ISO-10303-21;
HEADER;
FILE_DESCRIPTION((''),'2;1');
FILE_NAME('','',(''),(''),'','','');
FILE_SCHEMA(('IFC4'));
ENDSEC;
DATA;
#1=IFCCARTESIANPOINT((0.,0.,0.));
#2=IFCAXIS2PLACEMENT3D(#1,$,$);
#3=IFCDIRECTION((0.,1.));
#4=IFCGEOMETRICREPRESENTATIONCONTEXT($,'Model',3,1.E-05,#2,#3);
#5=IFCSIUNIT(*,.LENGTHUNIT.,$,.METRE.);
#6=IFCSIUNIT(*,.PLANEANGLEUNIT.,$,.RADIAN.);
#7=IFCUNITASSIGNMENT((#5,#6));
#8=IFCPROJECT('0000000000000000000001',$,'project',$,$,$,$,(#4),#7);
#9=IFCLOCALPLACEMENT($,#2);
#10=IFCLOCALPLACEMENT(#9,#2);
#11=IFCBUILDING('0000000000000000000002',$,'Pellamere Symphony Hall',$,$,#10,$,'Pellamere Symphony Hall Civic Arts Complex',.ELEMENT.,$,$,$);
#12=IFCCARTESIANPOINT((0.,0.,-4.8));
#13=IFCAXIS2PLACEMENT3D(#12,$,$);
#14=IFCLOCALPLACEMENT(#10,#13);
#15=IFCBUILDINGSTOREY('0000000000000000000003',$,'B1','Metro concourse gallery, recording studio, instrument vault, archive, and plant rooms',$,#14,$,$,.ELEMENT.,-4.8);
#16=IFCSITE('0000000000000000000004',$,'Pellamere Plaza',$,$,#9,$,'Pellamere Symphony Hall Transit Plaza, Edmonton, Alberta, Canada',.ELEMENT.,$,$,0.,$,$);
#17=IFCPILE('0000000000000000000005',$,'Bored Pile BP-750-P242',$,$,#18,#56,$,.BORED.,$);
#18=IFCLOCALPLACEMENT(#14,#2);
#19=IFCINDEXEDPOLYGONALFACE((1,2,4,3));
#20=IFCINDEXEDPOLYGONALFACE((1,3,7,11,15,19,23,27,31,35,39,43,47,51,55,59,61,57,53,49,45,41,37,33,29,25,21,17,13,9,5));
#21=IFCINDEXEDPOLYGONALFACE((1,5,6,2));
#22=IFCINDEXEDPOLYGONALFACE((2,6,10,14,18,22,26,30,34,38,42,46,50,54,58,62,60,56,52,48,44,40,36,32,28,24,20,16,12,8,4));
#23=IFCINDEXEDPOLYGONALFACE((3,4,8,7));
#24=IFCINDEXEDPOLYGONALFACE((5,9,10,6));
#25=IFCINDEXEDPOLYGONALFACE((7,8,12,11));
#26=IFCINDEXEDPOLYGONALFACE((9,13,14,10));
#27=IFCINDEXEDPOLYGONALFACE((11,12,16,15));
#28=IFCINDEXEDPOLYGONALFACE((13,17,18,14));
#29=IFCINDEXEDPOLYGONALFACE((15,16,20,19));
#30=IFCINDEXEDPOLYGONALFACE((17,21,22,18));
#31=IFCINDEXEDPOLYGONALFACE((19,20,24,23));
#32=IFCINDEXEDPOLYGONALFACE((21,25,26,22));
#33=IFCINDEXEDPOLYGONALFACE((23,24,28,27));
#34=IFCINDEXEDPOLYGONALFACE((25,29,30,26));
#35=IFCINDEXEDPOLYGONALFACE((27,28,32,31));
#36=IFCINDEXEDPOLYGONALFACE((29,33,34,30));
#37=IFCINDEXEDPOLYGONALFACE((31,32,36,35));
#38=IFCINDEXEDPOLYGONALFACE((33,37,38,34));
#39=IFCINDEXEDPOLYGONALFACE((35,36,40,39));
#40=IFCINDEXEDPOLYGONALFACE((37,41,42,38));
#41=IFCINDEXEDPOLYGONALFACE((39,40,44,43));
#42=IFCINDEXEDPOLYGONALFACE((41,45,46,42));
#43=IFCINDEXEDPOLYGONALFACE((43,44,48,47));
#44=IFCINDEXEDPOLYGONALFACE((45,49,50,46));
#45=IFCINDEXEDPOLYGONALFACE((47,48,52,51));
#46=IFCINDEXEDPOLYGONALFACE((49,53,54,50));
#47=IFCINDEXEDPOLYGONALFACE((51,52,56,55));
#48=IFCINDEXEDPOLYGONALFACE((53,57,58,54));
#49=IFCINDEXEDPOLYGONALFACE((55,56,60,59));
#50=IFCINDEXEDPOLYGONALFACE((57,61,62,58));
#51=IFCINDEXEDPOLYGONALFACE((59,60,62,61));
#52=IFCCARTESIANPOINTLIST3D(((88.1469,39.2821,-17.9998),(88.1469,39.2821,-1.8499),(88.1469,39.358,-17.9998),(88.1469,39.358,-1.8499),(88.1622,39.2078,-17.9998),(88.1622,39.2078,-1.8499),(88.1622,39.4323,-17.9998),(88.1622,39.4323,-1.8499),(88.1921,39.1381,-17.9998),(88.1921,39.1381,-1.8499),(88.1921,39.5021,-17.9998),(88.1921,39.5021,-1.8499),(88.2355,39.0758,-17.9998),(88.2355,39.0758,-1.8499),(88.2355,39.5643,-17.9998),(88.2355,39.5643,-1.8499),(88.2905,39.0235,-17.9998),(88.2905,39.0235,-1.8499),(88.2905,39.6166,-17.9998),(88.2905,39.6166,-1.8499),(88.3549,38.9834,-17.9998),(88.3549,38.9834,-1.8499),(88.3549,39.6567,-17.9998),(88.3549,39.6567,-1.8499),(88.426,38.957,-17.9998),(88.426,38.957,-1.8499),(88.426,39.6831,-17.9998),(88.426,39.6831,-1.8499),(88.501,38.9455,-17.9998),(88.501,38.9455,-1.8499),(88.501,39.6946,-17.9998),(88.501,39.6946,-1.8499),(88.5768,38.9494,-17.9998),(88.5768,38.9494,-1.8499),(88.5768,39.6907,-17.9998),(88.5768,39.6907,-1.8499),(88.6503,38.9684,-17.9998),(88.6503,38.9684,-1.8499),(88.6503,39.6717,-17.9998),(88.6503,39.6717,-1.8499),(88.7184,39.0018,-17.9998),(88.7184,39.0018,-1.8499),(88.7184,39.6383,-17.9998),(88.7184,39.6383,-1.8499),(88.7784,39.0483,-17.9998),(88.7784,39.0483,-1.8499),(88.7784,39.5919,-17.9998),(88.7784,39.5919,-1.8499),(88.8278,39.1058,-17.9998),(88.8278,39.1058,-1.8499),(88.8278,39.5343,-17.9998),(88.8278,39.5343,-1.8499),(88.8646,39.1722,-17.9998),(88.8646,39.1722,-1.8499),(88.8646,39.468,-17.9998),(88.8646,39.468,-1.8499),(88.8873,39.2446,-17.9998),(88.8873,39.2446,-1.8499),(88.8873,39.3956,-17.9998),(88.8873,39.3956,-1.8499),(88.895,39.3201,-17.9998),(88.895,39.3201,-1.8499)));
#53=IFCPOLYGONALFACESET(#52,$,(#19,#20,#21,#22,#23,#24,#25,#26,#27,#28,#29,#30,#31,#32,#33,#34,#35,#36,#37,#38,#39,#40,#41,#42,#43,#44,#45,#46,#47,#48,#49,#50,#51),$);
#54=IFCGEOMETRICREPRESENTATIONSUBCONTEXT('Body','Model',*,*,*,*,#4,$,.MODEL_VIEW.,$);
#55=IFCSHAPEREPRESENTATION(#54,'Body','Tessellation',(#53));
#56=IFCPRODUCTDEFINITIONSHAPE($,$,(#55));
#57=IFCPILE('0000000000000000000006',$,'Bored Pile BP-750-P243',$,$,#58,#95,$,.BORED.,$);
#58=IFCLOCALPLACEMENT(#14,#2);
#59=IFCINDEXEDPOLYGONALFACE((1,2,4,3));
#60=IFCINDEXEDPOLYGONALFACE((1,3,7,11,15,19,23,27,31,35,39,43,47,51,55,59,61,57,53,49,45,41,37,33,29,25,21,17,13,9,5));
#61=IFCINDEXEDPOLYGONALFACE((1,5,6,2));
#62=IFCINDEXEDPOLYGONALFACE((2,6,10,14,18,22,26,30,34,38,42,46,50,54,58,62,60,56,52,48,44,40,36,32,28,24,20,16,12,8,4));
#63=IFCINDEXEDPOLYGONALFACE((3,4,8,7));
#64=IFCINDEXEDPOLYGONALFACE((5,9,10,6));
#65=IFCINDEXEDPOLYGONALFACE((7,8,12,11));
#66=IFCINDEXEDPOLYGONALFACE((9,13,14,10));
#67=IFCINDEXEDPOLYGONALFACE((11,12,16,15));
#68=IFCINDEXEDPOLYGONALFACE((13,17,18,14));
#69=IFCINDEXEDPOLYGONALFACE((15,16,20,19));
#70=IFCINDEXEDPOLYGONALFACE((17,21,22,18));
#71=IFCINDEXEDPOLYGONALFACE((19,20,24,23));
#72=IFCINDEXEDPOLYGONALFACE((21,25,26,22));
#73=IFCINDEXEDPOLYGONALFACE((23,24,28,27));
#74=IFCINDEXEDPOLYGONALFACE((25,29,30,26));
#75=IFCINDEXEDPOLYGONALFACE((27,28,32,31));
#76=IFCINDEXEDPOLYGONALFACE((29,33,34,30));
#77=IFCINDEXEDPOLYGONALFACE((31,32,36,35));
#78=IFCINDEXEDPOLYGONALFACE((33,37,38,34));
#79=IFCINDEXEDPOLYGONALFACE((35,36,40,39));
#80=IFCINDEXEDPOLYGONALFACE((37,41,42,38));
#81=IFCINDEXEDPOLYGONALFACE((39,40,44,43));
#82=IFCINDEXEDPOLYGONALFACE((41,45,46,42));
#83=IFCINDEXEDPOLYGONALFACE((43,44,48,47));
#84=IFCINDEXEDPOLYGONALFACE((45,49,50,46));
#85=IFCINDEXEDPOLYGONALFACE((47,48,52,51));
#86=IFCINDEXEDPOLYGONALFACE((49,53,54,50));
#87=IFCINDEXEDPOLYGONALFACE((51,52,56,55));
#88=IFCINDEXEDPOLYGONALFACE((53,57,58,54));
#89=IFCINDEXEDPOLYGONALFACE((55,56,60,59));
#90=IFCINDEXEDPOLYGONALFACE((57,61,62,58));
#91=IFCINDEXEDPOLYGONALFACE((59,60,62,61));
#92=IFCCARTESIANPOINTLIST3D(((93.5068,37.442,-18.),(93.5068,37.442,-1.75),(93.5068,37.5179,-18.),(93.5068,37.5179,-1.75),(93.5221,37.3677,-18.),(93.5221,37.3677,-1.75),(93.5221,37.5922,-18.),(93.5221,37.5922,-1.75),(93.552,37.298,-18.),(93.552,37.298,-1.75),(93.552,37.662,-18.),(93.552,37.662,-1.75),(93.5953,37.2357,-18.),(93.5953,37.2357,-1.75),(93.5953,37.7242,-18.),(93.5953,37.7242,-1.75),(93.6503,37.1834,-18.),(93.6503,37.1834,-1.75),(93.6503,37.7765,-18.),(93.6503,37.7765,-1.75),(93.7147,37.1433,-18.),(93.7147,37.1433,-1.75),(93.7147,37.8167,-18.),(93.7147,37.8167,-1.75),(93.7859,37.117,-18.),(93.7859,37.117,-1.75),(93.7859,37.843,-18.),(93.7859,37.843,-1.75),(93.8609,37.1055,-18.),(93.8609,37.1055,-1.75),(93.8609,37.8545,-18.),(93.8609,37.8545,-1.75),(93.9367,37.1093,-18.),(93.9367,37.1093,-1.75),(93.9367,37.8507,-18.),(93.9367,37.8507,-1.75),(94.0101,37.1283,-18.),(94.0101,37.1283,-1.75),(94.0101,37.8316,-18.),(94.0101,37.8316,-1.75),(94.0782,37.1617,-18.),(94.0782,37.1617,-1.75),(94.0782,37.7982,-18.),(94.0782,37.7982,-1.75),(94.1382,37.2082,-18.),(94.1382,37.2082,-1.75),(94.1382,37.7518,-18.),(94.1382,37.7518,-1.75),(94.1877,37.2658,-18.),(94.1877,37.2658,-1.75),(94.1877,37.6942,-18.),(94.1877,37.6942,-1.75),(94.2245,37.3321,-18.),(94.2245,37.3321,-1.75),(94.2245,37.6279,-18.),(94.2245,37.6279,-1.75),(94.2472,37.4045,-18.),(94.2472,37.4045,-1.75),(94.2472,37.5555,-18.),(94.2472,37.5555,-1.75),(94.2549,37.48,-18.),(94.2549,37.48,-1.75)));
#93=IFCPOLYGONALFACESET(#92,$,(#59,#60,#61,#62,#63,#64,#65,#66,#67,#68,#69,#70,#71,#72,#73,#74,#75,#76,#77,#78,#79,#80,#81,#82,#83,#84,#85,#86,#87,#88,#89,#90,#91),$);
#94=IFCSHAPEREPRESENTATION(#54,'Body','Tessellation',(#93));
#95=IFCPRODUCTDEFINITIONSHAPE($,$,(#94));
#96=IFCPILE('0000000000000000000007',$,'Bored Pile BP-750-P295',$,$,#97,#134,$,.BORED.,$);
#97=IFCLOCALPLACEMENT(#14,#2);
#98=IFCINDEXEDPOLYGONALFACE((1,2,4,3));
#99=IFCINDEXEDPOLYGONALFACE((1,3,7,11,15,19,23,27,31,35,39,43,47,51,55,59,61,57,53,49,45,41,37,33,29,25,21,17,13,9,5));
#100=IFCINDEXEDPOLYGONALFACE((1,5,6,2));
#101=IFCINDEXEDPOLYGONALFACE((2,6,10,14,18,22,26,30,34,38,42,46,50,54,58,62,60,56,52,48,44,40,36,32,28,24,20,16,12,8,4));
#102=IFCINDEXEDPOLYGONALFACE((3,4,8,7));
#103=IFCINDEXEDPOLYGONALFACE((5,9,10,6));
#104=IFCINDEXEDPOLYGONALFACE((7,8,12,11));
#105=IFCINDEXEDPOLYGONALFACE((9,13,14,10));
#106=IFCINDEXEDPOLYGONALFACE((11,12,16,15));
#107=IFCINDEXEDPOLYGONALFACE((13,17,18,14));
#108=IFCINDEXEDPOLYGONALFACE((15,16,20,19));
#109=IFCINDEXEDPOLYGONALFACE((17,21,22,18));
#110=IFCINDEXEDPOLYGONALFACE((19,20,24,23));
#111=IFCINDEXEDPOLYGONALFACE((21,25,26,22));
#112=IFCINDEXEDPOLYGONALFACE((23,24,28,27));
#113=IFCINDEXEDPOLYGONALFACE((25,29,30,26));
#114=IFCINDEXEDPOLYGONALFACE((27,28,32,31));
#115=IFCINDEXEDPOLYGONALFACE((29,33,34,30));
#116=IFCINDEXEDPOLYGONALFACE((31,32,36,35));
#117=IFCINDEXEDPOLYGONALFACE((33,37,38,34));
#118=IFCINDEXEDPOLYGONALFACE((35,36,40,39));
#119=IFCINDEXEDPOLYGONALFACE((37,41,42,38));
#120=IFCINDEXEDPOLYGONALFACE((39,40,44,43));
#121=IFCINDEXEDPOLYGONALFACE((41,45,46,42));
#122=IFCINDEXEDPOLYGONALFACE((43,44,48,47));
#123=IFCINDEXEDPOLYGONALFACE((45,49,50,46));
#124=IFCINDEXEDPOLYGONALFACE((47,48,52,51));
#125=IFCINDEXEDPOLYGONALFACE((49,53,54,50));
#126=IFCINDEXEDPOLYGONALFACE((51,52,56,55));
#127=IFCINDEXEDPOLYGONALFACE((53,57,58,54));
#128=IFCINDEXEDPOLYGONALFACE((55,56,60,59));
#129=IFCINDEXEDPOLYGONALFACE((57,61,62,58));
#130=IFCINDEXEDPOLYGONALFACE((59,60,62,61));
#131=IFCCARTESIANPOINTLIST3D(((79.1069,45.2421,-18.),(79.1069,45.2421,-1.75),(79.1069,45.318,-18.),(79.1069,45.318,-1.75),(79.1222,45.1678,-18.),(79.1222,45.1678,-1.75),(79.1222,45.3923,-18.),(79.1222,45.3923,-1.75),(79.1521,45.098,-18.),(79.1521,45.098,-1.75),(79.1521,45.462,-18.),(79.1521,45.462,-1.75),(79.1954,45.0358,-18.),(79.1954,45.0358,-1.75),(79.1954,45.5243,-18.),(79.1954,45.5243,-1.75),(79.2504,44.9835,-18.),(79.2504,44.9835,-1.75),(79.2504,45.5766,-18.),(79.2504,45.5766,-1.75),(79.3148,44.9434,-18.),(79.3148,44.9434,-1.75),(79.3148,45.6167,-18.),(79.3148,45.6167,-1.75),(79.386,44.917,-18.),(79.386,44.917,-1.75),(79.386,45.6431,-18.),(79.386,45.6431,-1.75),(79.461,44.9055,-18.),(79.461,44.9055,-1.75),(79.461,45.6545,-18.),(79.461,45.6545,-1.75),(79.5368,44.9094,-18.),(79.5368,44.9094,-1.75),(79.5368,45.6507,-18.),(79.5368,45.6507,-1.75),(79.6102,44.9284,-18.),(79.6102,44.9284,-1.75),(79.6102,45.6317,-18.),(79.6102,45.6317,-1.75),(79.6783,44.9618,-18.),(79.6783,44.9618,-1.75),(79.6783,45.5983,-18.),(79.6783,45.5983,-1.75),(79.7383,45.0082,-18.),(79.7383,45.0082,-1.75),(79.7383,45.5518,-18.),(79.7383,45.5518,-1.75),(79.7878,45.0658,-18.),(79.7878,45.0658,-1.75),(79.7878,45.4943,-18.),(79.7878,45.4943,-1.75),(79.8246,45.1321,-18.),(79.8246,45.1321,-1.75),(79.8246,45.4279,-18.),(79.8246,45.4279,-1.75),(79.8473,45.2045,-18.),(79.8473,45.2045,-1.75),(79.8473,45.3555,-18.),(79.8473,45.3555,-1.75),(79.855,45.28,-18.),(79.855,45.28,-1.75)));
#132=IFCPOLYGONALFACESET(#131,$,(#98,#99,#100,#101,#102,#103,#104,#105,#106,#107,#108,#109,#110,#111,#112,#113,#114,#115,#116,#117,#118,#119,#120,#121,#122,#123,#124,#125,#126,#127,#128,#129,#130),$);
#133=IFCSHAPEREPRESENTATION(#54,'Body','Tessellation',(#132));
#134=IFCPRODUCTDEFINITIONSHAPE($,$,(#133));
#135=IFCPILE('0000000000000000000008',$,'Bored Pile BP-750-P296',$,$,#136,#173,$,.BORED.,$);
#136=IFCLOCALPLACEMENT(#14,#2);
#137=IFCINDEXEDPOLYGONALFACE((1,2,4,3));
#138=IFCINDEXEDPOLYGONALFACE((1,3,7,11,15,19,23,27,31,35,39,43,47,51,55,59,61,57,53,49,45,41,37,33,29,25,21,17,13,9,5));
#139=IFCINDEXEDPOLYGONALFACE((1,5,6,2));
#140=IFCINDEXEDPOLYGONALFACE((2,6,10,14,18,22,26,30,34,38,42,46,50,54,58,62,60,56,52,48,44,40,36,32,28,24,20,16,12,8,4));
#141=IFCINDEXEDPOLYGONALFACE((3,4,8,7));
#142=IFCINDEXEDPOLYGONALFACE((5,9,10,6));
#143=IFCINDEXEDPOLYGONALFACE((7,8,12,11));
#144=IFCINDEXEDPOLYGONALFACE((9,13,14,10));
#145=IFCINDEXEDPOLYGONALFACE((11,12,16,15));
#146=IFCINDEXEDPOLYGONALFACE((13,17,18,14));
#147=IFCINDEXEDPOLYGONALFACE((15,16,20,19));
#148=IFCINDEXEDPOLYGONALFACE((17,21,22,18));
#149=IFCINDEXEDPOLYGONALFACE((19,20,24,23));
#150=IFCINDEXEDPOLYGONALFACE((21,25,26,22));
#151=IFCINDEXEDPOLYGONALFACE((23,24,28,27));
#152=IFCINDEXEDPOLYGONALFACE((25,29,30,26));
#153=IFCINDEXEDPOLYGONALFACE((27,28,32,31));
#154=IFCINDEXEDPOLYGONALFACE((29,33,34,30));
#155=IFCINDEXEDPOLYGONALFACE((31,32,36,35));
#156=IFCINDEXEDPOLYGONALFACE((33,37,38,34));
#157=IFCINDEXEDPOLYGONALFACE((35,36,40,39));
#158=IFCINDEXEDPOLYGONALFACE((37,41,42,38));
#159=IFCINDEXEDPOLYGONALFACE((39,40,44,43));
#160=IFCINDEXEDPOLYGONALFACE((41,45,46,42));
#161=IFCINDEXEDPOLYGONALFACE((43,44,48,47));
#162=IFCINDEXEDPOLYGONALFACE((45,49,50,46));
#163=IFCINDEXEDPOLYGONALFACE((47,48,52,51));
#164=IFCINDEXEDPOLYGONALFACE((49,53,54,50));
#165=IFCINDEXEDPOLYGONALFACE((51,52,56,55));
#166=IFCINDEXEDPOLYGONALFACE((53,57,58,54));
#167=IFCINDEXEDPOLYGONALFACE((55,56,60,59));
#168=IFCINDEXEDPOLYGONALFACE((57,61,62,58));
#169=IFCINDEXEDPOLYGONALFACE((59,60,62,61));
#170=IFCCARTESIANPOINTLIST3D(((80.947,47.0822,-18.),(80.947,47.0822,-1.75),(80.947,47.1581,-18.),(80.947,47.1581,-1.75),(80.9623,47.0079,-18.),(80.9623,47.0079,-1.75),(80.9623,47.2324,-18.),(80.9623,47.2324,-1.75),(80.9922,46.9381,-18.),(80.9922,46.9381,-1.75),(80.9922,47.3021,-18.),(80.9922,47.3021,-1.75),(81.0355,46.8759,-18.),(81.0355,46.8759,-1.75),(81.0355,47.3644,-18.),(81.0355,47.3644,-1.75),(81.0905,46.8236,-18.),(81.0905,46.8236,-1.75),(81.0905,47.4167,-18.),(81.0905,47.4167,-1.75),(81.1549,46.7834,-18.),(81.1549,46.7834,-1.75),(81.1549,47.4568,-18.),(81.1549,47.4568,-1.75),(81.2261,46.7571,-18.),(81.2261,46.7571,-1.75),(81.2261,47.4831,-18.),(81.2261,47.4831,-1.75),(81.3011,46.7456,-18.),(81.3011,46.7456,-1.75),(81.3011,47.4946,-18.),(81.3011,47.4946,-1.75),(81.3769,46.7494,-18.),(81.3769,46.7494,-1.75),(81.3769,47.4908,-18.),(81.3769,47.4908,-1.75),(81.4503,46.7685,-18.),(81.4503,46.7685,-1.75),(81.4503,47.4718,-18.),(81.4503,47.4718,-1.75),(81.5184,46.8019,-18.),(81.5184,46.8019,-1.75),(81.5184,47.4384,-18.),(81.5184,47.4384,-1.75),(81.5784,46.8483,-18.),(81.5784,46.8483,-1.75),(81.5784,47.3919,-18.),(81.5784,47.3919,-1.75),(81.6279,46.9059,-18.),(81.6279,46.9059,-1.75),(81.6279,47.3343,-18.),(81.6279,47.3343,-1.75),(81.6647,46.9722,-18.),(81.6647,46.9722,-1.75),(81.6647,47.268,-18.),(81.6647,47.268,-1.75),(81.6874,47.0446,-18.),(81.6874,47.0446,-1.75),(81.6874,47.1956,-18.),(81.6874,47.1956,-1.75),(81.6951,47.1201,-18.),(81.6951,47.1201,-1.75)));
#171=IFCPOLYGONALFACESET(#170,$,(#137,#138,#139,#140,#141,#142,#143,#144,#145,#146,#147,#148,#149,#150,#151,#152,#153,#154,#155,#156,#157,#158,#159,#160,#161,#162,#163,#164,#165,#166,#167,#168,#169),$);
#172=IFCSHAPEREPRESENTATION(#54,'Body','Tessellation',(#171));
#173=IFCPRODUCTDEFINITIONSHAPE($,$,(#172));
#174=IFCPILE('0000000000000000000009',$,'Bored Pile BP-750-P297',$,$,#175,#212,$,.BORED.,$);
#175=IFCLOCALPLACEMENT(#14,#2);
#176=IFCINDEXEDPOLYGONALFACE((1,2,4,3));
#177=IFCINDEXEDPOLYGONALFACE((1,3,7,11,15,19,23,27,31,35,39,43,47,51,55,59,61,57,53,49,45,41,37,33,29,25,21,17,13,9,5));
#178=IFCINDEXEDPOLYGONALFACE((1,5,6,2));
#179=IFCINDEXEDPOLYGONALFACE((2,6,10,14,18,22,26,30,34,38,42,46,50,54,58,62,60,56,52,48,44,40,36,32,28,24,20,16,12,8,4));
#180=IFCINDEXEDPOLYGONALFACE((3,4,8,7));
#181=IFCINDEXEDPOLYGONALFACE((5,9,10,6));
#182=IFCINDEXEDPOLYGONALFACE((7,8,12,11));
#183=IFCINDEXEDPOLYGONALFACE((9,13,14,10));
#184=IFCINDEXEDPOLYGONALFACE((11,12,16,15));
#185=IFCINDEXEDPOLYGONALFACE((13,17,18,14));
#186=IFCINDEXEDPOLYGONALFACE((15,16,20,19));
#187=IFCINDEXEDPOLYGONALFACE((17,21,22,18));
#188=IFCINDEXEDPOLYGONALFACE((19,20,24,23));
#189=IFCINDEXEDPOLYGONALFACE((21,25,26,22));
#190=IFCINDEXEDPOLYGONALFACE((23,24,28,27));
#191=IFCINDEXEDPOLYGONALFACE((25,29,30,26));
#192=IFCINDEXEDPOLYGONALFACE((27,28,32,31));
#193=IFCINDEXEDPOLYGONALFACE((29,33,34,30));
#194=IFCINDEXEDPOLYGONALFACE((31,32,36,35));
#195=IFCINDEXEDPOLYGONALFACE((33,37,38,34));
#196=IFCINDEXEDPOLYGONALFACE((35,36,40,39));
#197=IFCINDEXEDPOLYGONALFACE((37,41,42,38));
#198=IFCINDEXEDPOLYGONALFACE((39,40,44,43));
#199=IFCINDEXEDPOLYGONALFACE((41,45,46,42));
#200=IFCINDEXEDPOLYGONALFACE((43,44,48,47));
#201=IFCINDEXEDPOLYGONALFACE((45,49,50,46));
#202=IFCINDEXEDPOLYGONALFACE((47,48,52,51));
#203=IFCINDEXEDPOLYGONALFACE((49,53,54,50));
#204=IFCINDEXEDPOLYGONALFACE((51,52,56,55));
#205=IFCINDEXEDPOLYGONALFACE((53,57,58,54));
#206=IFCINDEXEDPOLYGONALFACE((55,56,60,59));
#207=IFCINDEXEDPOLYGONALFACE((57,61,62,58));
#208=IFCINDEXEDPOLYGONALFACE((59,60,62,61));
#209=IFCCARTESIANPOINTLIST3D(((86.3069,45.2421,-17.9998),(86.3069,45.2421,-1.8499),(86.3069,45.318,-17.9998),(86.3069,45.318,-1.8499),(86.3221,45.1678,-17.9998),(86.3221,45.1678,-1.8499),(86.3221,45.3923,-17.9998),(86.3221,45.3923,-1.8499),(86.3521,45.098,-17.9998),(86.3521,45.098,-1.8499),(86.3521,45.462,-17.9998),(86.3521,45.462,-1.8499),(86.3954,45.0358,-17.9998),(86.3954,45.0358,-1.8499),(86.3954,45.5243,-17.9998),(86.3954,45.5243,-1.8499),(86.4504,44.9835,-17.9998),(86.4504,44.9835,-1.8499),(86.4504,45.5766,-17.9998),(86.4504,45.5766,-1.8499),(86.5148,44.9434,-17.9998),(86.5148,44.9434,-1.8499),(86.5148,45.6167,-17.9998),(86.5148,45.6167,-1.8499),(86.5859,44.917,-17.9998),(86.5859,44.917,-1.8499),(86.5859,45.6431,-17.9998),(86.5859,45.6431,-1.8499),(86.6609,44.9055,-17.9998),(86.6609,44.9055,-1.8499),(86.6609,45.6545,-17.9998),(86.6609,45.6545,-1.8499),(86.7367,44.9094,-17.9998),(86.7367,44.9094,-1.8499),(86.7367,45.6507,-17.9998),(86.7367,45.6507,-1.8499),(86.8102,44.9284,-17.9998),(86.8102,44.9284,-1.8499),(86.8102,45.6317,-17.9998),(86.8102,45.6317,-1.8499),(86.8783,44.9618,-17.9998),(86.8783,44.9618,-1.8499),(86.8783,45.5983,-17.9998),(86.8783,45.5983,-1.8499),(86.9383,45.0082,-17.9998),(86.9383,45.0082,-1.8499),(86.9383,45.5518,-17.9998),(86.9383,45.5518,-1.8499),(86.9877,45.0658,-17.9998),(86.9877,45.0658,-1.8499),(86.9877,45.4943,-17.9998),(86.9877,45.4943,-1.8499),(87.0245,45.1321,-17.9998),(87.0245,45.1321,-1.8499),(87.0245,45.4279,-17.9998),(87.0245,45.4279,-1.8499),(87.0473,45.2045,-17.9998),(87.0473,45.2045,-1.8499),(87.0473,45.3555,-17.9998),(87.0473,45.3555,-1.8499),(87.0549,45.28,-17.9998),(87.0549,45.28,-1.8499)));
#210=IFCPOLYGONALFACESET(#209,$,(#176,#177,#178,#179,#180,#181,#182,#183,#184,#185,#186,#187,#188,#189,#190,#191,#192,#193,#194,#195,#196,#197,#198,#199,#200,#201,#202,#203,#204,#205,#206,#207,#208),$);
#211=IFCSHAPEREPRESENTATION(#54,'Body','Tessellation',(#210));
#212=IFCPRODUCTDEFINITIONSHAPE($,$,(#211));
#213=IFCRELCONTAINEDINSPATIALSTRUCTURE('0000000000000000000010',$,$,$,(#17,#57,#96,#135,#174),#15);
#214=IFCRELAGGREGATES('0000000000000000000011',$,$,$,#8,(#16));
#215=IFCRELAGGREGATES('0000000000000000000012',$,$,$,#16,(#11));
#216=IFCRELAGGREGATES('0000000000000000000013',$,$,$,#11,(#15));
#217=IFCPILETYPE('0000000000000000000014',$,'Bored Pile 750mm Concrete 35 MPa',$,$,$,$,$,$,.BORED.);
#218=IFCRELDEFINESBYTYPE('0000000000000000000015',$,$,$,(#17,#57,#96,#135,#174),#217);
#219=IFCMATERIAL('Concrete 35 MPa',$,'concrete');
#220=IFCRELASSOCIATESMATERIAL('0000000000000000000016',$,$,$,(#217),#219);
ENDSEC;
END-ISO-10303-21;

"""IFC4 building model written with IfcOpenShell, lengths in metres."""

from ifc_helpers import new_model, si_unit, direction, frame, origin, origin_2d, place, context, subcontext, project, spatial, circle, extrude, material, material_profile, profile_set, type_object, element, save


model = new_model("IFC4")

# Units and contexts
model_context = context("Model", 3, precision=1e-05, world=origin(), true_north=direction((0.0, 1.0)))
body_context = subcontext(model_context, "Body", "Model", "MODEL_VIEW")
ifc_project = project(units=[si_unit("LENGTHUNIT", "METRE"), si_unit("PLANEANGLEUNIT", "RADIAN")], contexts=[model_context])

# Site, building, storey
site_placement = place(None, origin())
site = spatial("IfcSite", under=ifc_project, at=site_placement, Name="Pellamere Plaza", LongName="Pellamere Symphony Hall Transit Plaza, Edmonton, Alberta, Canada", CompositionType="ELEMENT", RefElevation=0.0)
building_placement = place(site_placement, origin())
building = spatial("IfcBuilding", under=site, at=building_placement, Name="Pellamere Symphony Hall", LongName="Pellamere Symphony Hall Civic Arts Complex", CompositionType="ELEMENT")
storey_placement = place(building_placement, frame((0.0, 0.0, -4.8)))
storey = spatial("IfcBuildingStorey", under=building, at=storey_placement, Name="B1", Description="Metro concourse gallery, recording studio, instrument vault, archive, and plant rooms", CompositionType="ELEMENT", Elevation=-4.8)

# Piles
ifc_material_1 = material(Name="Concrete 35 MPa", Category="concrete")
ifc_material_profile_1 = material_profile(ifc_material_1, circle(Radius=0.375, at=origin_2d()), Name="PILE D750")
ifc_profile_set_1 = profile_set([ifc_material_profile_1], Name="Concrete 35 MPa")
pile_type = type_object("IfcPileType", Name="Bored Pile 750mm Concrete 35 MPa", PredefinedType="BORED", material=ifc_profile_set_1)
for number, where, z_axis, x_axis, name in (
    (1, (88.52, 39.3201, -1.8499), (0.0, 0.0, -1.0), (1.0, 0.0, 0.0), "Bored Pile BP-750-P242"),
):
    element("IfcPile", number, at=place(storey_placement, frame(where, z_axis=z_axis, x_axis=x_axis)), inside=storey, type_object=pile_type, Name=name, PredefinedType="BORED", context=body_context, shape_type="SweptSolid", body=[
        extrude(circle(Radius=0.375, at=origin_2d()), origin(), (0.0, 0.0, 1.0), 16.1499),
    ])
for number, where, z_axis, x_axis, name in (
    (2, (93.8799, 37.48, -1.75), (0.0, 0.0, -1.0), (1.0, 0.0, 0.0), "Bored Pile BP-750-P243"),
    (3, (79.48, 45.28, -1.75), (0.0, 0.0, -1.0), (1.0, 0.0, 0.0), "Bored Pile BP-750-P295"),
    (4, (81.3201, 47.1201, -1.75), (0.0, 0.0, -1.0), (1.0, 0.0, 0.0), "Bored Pile BP-750-P296"),
):
    element("IfcPile", number, at=place(storey_placement, frame(where, z_axis=z_axis, x_axis=x_axis)), inside=storey, type_object=pile_type, Name=name, PredefinedType="BORED", context=body_context, shape_type="SweptSolid", body=[
        extrude(circle(Radius=0.375, at=origin_2d()), origin(), (0.0, 0.0, 1.0), 16.25),
    ])
for number, where, z_axis, x_axis, name in (
    (5, (86.6799, 45.28, -1.8499), (0.0, 0.0, -1.0), (1.0, 0.0, 0.0), "Bored Pile BP-750-P297"),
):
    element("IfcPile", number, at=place(storey_placement, frame(where, z_axis=z_axis, x_axis=x_axis)), inside=storey, type_object=pile_type, Name=name, PredefinedType="BORED", context=body_context, shape_type="SweptSolid", body=[
        extrude(circle(Radius=0.375, at=origin_2d()), origin(), (0.0, 0.0, 1.0), 16.1499),
    ])

save(model, "model.ifc")
